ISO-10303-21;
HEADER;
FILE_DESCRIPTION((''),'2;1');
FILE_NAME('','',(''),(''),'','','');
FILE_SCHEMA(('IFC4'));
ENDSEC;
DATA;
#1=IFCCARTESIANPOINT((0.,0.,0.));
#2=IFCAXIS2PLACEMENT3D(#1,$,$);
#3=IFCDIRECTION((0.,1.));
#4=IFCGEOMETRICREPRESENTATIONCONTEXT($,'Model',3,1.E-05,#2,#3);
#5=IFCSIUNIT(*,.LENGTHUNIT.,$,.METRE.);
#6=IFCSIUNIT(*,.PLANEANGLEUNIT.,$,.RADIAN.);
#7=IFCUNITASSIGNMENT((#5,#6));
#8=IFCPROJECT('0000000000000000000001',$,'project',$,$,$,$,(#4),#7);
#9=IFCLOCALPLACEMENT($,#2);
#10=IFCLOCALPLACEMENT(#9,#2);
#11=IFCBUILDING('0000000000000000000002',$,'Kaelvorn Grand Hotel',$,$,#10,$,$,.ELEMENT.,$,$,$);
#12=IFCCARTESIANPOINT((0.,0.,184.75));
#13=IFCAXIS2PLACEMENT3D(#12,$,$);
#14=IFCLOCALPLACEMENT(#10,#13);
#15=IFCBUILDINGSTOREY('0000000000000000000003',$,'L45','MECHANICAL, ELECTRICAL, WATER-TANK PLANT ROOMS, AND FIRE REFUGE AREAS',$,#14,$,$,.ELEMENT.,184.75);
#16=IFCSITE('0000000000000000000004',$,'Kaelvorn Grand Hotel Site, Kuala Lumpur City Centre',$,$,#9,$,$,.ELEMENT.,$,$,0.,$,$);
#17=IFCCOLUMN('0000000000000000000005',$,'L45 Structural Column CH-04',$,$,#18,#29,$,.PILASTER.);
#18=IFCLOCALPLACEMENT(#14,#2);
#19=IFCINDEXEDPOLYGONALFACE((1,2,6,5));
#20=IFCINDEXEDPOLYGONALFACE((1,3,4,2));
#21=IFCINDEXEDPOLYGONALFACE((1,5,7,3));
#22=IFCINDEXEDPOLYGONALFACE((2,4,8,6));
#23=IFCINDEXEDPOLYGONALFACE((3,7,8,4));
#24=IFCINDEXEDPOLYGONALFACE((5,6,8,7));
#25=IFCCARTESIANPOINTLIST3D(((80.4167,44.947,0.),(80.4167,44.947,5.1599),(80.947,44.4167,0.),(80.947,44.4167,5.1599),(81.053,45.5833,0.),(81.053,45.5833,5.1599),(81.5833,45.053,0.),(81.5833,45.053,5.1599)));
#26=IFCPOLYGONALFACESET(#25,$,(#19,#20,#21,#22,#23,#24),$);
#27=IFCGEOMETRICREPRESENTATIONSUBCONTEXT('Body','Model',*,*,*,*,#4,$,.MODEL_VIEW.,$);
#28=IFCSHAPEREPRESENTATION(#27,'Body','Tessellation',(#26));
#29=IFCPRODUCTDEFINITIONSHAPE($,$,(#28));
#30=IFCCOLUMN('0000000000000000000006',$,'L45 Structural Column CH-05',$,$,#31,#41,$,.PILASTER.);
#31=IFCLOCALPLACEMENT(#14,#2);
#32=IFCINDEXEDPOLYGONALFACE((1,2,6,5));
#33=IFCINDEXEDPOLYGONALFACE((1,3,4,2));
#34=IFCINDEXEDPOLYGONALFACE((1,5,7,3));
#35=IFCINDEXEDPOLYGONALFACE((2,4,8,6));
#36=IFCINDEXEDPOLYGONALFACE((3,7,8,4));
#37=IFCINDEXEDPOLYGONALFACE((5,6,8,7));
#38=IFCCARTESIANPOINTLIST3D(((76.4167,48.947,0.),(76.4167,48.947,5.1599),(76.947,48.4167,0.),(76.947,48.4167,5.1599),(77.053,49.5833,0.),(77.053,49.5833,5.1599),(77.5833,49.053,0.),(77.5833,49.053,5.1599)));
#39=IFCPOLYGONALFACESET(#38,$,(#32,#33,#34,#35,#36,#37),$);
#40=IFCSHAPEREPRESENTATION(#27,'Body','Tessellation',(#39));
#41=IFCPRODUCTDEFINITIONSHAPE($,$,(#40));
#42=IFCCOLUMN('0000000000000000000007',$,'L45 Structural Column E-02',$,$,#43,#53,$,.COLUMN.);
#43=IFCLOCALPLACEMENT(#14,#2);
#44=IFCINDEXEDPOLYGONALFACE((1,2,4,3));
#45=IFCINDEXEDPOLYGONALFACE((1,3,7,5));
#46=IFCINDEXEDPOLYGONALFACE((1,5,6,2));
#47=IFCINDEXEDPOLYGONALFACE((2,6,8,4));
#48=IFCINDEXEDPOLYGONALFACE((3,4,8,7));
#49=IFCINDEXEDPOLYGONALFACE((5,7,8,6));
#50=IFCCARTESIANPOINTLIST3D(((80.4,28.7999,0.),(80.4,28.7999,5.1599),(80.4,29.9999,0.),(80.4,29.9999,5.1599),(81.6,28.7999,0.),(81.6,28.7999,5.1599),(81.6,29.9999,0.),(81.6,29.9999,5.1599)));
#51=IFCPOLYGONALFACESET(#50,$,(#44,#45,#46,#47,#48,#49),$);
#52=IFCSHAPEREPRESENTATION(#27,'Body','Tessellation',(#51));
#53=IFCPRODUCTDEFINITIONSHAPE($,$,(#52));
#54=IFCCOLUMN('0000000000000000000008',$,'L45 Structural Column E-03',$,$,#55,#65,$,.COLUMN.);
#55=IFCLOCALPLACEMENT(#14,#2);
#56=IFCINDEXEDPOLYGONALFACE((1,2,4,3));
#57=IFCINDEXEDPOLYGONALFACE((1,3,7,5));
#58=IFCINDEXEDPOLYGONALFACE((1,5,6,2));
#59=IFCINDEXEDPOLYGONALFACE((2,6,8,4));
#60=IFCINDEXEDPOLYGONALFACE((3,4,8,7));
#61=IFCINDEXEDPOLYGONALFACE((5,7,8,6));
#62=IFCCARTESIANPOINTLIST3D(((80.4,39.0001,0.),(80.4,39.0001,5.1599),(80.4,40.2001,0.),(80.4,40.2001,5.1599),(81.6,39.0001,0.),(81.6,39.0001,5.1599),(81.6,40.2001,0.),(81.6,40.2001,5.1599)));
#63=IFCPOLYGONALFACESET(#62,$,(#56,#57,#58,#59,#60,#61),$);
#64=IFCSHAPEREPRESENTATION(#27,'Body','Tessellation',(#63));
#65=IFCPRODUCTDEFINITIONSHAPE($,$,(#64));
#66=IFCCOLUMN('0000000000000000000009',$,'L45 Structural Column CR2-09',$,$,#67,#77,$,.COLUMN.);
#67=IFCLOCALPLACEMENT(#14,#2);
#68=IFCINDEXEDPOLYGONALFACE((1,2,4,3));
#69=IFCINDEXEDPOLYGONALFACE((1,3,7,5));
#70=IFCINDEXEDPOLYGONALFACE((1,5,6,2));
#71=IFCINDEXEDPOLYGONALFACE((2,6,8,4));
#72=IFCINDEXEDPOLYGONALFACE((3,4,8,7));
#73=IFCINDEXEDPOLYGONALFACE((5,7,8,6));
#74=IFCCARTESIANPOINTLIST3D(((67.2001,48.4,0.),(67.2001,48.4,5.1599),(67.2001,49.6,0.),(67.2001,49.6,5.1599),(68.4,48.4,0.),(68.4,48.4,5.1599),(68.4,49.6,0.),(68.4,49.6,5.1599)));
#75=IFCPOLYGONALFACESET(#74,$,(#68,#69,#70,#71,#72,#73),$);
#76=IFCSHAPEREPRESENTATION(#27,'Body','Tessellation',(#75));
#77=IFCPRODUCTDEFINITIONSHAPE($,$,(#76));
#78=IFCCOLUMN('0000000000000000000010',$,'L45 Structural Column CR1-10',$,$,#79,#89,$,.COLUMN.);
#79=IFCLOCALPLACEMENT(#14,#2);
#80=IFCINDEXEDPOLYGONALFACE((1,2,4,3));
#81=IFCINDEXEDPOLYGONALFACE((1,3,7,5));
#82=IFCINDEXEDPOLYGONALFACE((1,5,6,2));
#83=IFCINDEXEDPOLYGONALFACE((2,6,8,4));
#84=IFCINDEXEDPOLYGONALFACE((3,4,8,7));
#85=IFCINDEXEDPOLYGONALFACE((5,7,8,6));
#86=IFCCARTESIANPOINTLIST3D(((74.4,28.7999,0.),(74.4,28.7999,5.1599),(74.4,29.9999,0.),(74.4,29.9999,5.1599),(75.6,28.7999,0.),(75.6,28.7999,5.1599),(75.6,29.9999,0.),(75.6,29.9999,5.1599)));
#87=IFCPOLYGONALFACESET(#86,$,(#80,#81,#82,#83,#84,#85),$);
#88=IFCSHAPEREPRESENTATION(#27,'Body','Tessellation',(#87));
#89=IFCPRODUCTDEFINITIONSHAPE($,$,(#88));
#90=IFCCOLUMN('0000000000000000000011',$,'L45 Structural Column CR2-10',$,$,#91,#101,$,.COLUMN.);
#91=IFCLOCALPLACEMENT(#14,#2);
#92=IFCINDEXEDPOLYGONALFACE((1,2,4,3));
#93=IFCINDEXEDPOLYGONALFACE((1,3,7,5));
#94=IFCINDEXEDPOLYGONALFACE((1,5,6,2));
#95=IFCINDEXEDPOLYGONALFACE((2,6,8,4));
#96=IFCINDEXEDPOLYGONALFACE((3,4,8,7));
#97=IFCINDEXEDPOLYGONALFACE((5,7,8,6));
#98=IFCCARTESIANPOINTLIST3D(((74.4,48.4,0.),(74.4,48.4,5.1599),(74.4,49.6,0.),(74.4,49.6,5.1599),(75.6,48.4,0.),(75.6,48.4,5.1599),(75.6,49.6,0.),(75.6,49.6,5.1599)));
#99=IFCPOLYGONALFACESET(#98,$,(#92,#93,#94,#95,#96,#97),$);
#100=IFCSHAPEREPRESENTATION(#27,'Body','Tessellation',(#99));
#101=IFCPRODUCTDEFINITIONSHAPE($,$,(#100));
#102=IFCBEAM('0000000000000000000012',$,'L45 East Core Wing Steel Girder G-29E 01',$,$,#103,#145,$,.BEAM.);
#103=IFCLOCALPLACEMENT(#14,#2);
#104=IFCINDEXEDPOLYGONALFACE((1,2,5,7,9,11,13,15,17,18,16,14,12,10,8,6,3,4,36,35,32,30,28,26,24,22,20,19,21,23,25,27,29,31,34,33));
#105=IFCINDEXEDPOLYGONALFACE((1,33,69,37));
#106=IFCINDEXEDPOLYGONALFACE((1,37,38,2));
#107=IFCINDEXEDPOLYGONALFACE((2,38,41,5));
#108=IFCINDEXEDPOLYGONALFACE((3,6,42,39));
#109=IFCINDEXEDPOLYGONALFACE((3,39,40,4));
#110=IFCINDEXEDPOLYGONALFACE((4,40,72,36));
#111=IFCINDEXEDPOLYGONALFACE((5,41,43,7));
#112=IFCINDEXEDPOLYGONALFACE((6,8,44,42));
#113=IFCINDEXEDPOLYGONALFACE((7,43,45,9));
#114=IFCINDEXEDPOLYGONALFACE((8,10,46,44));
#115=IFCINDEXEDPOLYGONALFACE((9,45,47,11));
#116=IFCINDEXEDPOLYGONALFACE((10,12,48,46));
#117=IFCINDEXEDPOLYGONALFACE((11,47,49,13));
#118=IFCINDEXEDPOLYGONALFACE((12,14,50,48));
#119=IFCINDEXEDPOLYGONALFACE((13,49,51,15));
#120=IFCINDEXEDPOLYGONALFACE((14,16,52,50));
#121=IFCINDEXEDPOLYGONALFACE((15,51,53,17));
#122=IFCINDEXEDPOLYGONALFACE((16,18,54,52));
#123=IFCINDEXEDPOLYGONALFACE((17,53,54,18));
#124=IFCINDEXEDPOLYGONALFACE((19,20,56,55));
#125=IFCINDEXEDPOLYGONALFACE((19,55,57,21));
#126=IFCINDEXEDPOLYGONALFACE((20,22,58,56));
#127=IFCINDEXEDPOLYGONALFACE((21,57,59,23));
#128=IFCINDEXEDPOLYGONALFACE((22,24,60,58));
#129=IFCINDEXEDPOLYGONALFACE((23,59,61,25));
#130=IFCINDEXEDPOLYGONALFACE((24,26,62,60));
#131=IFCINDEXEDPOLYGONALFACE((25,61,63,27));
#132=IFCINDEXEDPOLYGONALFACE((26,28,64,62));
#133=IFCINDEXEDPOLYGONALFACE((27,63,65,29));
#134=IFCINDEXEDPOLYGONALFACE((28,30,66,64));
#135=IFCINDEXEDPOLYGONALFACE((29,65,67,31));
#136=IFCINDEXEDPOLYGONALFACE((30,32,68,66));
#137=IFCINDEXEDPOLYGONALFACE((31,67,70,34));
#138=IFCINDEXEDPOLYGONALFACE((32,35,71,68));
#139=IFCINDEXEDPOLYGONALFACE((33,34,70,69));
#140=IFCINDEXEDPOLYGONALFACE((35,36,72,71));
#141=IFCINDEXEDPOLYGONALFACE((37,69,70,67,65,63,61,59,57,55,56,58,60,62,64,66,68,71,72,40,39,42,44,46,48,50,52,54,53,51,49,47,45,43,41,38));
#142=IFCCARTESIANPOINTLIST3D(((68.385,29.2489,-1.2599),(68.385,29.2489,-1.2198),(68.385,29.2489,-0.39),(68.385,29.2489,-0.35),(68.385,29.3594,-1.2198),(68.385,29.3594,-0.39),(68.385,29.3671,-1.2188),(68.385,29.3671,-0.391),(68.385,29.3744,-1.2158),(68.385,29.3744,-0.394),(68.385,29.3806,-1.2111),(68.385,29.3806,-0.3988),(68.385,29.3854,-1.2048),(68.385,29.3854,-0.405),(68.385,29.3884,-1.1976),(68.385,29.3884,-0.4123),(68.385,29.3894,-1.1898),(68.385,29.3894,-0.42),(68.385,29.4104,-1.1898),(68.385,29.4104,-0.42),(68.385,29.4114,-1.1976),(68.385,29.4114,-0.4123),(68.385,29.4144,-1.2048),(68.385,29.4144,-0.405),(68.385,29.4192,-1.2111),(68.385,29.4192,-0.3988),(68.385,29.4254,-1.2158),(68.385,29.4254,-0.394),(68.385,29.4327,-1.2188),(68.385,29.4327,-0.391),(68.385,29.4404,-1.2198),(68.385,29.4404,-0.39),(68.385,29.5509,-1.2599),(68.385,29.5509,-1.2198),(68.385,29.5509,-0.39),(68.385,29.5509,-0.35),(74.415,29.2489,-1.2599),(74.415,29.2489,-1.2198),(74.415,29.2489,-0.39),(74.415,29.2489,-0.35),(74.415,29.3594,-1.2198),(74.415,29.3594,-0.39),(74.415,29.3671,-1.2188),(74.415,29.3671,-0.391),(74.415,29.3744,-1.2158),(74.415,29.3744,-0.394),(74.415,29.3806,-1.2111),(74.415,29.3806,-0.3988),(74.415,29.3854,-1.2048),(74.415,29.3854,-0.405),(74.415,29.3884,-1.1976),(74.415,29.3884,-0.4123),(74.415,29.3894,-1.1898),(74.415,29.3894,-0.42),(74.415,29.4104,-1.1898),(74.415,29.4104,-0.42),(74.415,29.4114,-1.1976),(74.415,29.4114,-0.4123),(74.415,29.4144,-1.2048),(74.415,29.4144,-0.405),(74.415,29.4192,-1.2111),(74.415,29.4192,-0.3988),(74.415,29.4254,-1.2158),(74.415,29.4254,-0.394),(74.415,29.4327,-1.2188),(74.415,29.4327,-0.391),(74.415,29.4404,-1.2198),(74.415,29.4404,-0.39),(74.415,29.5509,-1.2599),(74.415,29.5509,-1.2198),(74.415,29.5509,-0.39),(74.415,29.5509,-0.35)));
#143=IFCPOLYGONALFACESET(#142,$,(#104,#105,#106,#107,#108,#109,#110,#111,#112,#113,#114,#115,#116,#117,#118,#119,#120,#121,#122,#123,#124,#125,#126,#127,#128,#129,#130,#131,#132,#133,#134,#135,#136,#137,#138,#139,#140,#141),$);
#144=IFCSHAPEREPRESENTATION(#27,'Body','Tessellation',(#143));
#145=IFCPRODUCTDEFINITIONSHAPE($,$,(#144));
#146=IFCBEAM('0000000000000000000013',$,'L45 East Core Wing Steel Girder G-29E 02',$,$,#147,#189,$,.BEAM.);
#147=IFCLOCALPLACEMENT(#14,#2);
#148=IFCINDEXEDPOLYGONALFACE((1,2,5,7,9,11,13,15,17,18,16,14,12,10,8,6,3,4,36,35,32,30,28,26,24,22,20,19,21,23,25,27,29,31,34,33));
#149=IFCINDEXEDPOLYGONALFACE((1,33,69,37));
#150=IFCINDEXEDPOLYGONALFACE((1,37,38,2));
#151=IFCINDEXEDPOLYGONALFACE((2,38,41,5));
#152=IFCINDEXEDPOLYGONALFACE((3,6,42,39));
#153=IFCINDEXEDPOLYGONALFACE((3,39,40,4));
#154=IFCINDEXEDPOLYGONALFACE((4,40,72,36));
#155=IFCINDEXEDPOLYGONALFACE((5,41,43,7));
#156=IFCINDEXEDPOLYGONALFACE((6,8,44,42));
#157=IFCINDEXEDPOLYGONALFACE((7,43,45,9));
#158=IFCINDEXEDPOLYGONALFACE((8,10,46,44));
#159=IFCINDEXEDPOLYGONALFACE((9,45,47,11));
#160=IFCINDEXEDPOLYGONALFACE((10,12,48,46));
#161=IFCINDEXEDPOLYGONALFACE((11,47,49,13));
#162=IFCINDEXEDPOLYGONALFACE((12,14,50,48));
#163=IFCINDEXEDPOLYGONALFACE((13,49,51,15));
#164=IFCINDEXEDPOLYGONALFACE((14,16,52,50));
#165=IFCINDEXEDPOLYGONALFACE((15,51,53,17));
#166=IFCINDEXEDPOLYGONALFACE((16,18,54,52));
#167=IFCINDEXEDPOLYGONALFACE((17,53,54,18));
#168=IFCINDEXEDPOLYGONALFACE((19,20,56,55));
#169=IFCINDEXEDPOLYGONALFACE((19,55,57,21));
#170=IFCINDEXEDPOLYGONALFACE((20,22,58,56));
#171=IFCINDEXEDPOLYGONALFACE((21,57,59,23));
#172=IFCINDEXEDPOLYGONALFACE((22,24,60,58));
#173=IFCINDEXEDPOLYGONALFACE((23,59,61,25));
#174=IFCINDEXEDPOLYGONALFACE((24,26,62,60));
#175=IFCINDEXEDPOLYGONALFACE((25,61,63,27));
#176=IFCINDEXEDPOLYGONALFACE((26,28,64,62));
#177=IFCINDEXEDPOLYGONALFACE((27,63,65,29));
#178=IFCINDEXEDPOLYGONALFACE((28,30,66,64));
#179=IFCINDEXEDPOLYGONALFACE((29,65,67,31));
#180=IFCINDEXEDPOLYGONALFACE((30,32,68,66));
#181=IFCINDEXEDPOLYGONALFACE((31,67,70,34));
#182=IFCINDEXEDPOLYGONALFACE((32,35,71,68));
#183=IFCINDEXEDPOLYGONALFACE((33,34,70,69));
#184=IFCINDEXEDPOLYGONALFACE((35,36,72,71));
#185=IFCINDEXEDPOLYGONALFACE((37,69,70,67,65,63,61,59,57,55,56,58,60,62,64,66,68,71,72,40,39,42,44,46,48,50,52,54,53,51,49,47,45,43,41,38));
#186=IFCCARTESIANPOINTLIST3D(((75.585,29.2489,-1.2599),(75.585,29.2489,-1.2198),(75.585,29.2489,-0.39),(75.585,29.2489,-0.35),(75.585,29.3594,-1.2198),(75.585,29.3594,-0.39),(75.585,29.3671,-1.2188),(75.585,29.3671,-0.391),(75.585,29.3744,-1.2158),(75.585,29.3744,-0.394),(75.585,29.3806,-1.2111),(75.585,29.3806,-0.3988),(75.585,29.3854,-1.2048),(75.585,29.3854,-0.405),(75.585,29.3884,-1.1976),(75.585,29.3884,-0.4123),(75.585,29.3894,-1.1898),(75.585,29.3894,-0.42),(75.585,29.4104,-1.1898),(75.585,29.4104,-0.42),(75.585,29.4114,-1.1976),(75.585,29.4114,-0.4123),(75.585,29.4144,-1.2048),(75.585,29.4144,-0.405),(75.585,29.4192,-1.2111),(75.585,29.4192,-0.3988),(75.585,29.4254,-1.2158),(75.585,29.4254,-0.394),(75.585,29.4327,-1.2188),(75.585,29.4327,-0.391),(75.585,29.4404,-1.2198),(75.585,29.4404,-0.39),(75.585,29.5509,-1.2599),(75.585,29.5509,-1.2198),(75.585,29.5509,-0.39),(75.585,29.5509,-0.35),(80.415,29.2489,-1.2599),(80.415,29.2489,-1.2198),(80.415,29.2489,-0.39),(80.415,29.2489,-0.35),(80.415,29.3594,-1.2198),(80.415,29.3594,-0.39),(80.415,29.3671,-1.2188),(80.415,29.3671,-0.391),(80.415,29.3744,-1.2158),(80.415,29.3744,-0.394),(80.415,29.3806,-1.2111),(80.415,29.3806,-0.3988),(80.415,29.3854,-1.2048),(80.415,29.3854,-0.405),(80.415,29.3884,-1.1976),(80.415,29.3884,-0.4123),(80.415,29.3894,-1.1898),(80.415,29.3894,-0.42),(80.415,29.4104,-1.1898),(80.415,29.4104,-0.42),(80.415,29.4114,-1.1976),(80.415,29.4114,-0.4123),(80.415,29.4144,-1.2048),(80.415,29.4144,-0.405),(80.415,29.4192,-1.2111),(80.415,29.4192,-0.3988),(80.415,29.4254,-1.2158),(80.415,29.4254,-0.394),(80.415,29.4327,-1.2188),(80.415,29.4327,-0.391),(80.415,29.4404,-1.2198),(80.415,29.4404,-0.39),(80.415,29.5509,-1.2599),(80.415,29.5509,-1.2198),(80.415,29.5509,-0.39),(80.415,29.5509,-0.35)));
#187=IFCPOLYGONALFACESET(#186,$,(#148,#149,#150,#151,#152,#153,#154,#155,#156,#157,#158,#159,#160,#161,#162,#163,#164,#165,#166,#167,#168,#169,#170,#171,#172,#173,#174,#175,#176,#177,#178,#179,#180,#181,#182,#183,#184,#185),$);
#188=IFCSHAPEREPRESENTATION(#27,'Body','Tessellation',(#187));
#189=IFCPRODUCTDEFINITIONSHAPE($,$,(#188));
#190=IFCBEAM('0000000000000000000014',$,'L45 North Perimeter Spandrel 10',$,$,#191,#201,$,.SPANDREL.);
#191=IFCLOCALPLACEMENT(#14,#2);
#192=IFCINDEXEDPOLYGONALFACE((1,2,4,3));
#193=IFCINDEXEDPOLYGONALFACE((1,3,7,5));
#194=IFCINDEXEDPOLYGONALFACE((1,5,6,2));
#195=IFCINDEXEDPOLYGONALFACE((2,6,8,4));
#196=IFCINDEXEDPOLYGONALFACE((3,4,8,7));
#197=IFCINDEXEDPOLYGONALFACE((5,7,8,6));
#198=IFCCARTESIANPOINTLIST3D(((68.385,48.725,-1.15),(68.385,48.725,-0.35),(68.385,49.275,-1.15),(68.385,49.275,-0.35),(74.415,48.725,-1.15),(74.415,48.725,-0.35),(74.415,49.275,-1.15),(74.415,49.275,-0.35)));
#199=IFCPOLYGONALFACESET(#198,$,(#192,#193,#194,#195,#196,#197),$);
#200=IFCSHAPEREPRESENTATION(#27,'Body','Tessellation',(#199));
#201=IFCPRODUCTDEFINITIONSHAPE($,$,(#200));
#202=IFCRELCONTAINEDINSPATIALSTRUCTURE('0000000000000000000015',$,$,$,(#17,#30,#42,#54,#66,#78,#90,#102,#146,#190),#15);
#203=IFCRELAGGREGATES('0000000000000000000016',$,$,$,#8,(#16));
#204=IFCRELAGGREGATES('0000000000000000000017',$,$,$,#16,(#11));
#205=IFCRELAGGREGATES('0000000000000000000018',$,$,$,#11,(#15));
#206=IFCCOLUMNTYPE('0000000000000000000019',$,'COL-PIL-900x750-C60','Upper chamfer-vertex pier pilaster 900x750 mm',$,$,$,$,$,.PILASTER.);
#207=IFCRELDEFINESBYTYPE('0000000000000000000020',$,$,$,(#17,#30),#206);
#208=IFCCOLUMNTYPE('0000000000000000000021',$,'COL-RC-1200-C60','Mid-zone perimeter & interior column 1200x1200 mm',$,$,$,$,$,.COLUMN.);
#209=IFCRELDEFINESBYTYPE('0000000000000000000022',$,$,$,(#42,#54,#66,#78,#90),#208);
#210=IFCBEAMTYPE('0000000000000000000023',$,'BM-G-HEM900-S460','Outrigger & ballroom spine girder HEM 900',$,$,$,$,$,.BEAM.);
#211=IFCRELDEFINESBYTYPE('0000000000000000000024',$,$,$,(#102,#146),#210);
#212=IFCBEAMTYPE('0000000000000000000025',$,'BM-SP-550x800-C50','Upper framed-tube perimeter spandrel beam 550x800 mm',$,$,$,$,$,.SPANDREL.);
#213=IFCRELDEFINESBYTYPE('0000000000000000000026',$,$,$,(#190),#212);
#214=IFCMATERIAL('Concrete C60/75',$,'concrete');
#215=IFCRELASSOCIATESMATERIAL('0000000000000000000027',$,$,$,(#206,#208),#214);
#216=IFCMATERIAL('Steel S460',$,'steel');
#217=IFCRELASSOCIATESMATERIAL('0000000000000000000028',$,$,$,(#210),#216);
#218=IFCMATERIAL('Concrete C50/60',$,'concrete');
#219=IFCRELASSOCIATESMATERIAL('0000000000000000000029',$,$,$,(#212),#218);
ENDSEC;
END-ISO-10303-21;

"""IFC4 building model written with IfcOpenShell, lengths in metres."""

from ifc_helpers import new_model, si_unit, direction, frame, origin, origin_2d, place, context, subcontext, project, spatial, rectangle, i_section, extrude, material, material_profile, profile_set, type_object, element, save


model = new_model("IFC4")

# Units and contexts
model_context = context("Model", 3, precision=1e-05, world=origin(), true_north=direction((0.0, 1.0)))
body_context = subcontext(model_context, "Body", "Model", "MODEL_VIEW")
ifc_project = project(units=[si_unit("LENGTHUNIT", "METRE"), si_unit("PLANEANGLEUNIT", "RADIAN")], contexts=[model_context])

# Site, building, storey
site_placement = place(None, origin())
site = spatial("IfcSite", under=ifc_project, at=site_placement, Name="Kaelvorn Grand Hotel Site, Kuala Lumpur City Centre", CompositionType="ELEMENT", RefElevation=0.0)
building_placement = place(site_placement, origin())
building = spatial("IfcBuilding", under=site, at=building_placement, Name="Kaelvorn Grand Hotel", CompositionType="ELEMENT")
storey_placement = place(building_placement, frame((0.0, 0.0, 184.75)))
storey = spatial("IfcBuildingStorey", under=building, at=storey_placement, Name="L45", Description="MECHANICAL, ELECTRICAL, WATER-TANK PLANT ROOMS, AND FIRE REFUGE AREAS", CompositionType="ELEMENT", Elevation=184.75)

# Columns
ifc_material_1 = material(Name="Concrete C60/75", Category="concrete")
ifc_material_profile_1 = material_profile(ifc_material_1, rectangle(XDim=0.8999, YDim=0.75, at=origin_2d()), Name="RC PILASTER 900x750")
ifc_profile_set_1 = profile_set([ifc_material_profile_1], Name="Concrete C60/75")
column_type_1 = type_object("IfcColumnType", Name="COL-PIL-900x750-C60", Description="Upper chamfer-vertex pier pilaster 900x750 mm", PredefinedType="PILASTER", material=ifc_profile_set_1)
for number, where, z_axis, x_axis, name in (
    (1, (81.0, 45.0, 0.0), (0.0, 0.0, 1.0), (0.707107, 0.707107, 0.0), "L45 Structural Column CH-04"),
    (2, (77.0, 49.0, 0.0), (0.0, 0.0, 1.0), (0.707107, 0.707107, 0.0), "L45 Structural Column CH-05"),
):
    element("IfcColumn", number, at=place(storey_placement, frame(where, z_axis=z_axis, x_axis=x_axis)), inside=storey, type_object=column_type_1, Name=name, PredefinedType="PILASTER", context=body_context, shape_type="SweptSolid", body=[
        extrude(rectangle(XDim=0.8999, YDim=0.75, at=origin_2d()), origin(), (0.0, 0.0, 1.0), 5.1599),
    ])
ifc_material_profile_2 = material_profile(ifc_material_1, rectangle(XDim=1.2, YDim=1.2, at=origin_2d()), Name="RC COL 1200x1200")
ifc_profile_set_2 = profile_set([ifc_material_profile_2], Name="Concrete C60/75")
column_type_2 = type_object("IfcColumnType", Name="COL-RC-1200-C60", Description="Mid-zone perimeter & interior column 1200x1200 mm", PredefinedType="COLUMN", material=ifc_profile_set_2)
for number, where, z_axis, x_axis, name in (
    (3, (81.0, 29.3999, 0.0), (0.0, 0.0, 1.0), (1.0, 0.0, 0.0), "L45 Structural Column E-02"),
    (4, (81.0, 39.6001, 0.0), (0.0, 0.0, 1.0), (1.0, 0.0, 0.0), "L45 Structural Column E-03"),
    (5, (67.8, 49.0, 0.0), (0.0, 0.0, 1.0), (1.0, 0.0, 0.0), "L45 Structural Column CR2-09"),
    (6, (75.0, 29.3999, 0.0), (0.0, 0.0, 1.0), (1.0, 0.0, 0.0), "L45 Structural Column CR1-10"),
    (7, (75.0, 49.0, 0.0), (0.0, 0.0, 1.0), (1.0, 0.0, 0.0), "L45 Structural Column CR2-10"),
):
    element("IfcColumn", number, at=place(storey_placement, frame(where, z_axis=z_axis, x_axis=x_axis)), inside=storey, type_object=column_type_2, Name=name, PredefinedType="COLUMN", context=body_context, shape_type="SweptSolid", body=[
        extrude(rectangle(XDim=1.2, YDim=1.2, at=origin_2d()), origin(), (0.0, 0.0, 1.0), 5.1599),
    ])

# Beams
ifc_material_2 = material(Name="Steel S460", Category="steel")
ifc_material_profile_3 = material_profile(ifc_material_2, i_section(OverallWidth=0.302, OverallDepth=0.9099, WebThickness=0.021, FlangeThickness=0.04, FilletRadius=0.03, at=origin_2d()), Name="HEM 900")
ifc_profile_set_3 = profile_set([ifc_material_profile_3], Name="Steel S460")
beam_type_1 = type_object("IfcBeamType", Name="BM-G-HEM900-S460", Description="Outrigger & ballroom spine girder HEM 900", PredefinedType="BEAM", material=ifc_profile_set_3)
beam_1_placement = place(storey_placement, frame((68.385, 29.3999, -0.8049), z_axis=(1.0, 0.0, 0.0), x_axis=(0.0, 1.0, 0.0)))
element("IfcBeam", 8, at=beam_1_placement, inside=storey, type_object=beam_type_1, Name="L45 East Core Wing Steel Girder G-29E 01", PredefinedType="BEAM", context=body_context, shape_type="SweptSolid", body=[
    extrude(i_section(OverallWidth=0.302, OverallDepth=0.9099, WebThickness=0.021, FlangeThickness=0.04, FilletRadius=0.03, at=origin_2d()), origin(), (0.0, 0.0, 1.0), 6.03),
])
beam_2_placement = place(storey_placement, frame((75.585, 29.3999, -0.8049), z_axis=(1.0, 0.0, 0.0), x_axis=(0.0, 1.0, 0.0)))
element("IfcBeam", 9, at=beam_2_placement, inside=storey, type_object=beam_type_1, Name="L45 East Core Wing Steel Girder G-29E 02", PredefinedType="BEAM", context=body_context, shape_type="SweptSolid", body=[
    extrude(i_section(OverallWidth=0.302, OverallDepth=0.9099, WebThickness=0.021, FlangeThickness=0.04, FilletRadius=0.03, at=origin_2d()), origin(), (0.0, 0.0, 1.0), 4.8301),
])
ifc_material_3 = material(Name="Concrete C50/60", Category="concrete")
ifc_material_profile_4 = material_profile(ifc_material_3, rectangle(XDim=0.55, YDim=0.8, at=origin_2d()), Name="RC SPANDREL 550x800")
ifc_profile_set_4 = profile_set([ifc_material_profile_4], Name="Concrete C50/60")
beam_type_2 = type_object("IfcBeamType", Name="BM-SP-550x800-C50", Description="Upper framed-tube perimeter spandrel beam 550x800 mm", PredefinedType="SPANDREL", material=ifc_profile_set_4)
beam_3_placement = place(storey_placement, frame((68.385, 49.0, -0.75), z_axis=(1.0, 0.0, 0.0), x_axis=(0.0, 1.0, 0.0)))
element("IfcBeam", 10, at=beam_3_placement, inside=storey, type_object=beam_type_2, Name="L45 North Perimeter Spandrel 10", PredefinedType="SPANDREL", context=body_context, shape_type="SweptSolid", body=[
    extrude(rectangle(XDim=0.55, YDim=0.8, at=origin_2d()), origin(), (0.0, 0.0, 1.0), 6.03),
])

save(model, "model.ifc")
